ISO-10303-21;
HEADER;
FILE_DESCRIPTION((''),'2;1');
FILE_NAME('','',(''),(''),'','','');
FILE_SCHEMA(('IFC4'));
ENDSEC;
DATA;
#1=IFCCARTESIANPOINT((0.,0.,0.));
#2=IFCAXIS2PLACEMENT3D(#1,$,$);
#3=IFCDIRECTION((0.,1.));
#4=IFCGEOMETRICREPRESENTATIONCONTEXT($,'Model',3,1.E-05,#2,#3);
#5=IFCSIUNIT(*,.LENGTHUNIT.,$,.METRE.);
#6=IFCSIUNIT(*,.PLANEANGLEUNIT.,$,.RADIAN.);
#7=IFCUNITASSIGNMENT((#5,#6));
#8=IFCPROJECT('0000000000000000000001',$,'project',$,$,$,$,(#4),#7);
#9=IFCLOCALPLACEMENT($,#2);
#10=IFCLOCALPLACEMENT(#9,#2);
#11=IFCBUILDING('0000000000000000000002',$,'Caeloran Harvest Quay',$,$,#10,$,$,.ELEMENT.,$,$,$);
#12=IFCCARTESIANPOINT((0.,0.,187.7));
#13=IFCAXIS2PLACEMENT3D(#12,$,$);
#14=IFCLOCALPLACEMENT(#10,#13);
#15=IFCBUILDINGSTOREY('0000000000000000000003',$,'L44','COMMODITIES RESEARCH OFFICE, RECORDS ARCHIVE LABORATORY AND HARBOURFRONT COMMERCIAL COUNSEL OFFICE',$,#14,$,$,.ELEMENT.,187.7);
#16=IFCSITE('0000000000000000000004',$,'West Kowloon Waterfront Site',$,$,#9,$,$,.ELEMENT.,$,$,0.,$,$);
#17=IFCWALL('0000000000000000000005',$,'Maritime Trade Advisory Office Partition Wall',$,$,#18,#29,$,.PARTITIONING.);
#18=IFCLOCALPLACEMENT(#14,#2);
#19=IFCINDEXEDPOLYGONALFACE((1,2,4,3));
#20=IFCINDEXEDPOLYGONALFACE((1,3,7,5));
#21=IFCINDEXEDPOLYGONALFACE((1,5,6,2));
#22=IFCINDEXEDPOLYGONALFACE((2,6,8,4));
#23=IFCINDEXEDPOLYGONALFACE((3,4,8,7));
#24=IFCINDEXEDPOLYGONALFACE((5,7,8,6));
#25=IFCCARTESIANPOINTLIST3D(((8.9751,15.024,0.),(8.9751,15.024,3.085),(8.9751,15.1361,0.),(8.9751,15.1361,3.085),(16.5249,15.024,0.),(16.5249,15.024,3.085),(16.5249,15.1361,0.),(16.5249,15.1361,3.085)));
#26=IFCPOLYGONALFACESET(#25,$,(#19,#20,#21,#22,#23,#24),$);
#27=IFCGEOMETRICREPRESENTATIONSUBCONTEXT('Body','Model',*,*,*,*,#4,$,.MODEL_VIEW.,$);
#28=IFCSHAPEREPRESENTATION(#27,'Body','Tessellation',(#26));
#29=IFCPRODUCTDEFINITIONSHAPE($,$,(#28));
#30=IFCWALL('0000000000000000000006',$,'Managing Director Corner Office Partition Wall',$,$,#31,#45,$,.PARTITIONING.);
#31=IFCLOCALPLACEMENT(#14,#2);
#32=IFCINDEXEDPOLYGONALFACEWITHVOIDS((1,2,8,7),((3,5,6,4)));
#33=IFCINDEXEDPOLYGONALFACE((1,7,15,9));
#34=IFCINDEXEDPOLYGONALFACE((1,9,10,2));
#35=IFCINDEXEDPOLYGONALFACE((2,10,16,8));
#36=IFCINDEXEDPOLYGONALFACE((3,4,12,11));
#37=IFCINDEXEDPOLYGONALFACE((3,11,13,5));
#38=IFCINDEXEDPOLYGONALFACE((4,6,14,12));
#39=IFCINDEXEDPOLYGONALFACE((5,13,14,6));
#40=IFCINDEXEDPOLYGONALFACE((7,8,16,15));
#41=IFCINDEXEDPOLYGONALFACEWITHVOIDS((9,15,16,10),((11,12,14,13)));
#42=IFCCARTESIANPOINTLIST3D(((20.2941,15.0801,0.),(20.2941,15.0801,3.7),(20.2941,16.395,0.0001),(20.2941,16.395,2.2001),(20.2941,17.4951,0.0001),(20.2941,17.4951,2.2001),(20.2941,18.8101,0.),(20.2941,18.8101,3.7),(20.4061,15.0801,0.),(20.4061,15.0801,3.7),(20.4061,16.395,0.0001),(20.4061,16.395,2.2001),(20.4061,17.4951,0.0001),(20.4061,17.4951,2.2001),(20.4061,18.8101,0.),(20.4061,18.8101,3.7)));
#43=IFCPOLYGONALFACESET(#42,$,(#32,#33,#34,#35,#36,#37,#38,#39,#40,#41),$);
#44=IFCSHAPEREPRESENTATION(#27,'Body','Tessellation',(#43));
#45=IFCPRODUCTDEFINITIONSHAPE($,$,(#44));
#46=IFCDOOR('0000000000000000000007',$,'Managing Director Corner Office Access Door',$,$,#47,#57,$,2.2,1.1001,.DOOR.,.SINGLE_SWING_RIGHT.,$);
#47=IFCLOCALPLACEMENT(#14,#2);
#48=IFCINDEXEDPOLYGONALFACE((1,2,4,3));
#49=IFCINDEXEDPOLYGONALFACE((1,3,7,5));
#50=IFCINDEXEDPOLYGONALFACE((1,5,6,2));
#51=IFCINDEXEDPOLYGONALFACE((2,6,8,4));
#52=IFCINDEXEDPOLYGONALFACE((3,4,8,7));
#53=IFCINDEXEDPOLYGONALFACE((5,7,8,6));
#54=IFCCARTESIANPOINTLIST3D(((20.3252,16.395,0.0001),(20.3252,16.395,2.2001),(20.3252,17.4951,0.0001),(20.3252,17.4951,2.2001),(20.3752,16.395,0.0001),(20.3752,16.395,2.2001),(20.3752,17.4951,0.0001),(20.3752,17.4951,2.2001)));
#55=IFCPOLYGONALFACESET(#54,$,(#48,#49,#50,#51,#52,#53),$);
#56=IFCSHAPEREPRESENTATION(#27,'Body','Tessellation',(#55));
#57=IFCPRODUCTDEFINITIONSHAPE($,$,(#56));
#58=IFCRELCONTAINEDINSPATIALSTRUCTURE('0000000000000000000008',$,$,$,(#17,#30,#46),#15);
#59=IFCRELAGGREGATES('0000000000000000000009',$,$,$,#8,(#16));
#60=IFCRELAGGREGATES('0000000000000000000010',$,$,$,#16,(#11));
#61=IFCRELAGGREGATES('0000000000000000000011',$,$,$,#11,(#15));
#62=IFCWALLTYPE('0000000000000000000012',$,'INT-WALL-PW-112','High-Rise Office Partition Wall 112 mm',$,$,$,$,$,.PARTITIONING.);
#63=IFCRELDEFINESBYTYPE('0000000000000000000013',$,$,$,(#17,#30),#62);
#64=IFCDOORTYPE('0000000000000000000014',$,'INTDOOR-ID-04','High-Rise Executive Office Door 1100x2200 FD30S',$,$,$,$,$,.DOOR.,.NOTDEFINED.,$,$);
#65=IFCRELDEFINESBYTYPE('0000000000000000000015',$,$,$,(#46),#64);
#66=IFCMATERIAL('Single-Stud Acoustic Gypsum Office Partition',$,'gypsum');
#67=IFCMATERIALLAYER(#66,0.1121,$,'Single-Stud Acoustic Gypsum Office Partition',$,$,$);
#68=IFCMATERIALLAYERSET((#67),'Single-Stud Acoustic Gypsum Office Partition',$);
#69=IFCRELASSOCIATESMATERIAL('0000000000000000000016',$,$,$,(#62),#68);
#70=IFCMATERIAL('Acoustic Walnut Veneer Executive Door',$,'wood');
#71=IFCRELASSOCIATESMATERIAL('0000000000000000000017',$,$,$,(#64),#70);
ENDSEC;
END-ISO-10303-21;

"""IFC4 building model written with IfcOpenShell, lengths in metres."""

from ifc_helpers import new_model, si_unit, direction, frame, frame_2d, origin, place, context, subcontext, project, spatial, rectangle, extrude, material, layer, layer_set, type_object, element, fill, save


model = new_model("IFC4")

# Units and contexts
model_context = context("Model", 3, precision=1e-05, world=origin(), true_north=direction((0.0, 1.0)))
body_context = subcontext(model_context, "Body", "Model", "MODEL_VIEW")
ifc_project = project(units=[si_unit("LENGTHUNIT", "METRE"), si_unit("PLANEANGLEUNIT", "RADIAN")], contexts=[model_context])

# Site, building, storey
site_placement = place(None, origin())
site = spatial("IfcSite", under=ifc_project, at=site_placement, Name="West Kowloon Waterfront Site", CompositionType="ELEMENT", RefElevation=0.0)
building_placement = place(site_placement, origin())
building = spatial("IfcBuilding", under=site, at=building_placement, Name="Caeloran Harvest Quay", CompositionType="ELEMENT")
storey_placement = place(building_placement, frame((0.0, 0.0, 187.7)))
storey = spatial("IfcBuildingStorey", under=building, at=storey_placement, Name="L44", Description="COMMODITIES RESEARCH OFFICE, RECORDS ARCHIVE LABORATORY AND HARBOURFRONT COMMERCIAL COUNSEL OFFICE", CompositionType="ELEMENT", Elevation=187.7)

# Shared definitions
ifc_material_1 = material(Name="Single-Stud Acoustic Gypsum Office Partition", Category="gypsum")
ifc_layer_1 = layer(ifc_material_1, 0.1121, Name="Single-Stud Acoustic Gypsum Office Partition")
ifc_layer_set_1 = layer_set([ifc_layer_1], Name="Single-Stud Acoustic Gypsum Office Partition")
wall_type_1 = type_object("IfcWallType", Name="INT-WALL-PW-112", Description="High-Rise Office Partition Wall 112 mm", PredefinedType="PARTITIONING", material=ifc_layer_set_1)

# Shared definitions
ifc_material_2 = material(Name="Acoustic Walnut Veneer Executive Door", Category="wood")
door_type = type_object("IfcDoorType", Name="INTDOOR-ID-04", Description="High-Rise Executive Office Door 1100x2200 FD30S", OperationType="NOTDEFINED", PredefinedType="DOOR", material=ifc_material_2)

# Wall
wall_1_placement = place(storey_placement, frame((16.5249, 15.0801, 0.0), z_axis=(0.0, 0.0, 1.0), x_axis=(-1.0, 0.0, 0.0)))
element("IfcWall", 1, at=wall_1_placement, inside=storey, type_object=wall_type_1, Name="Maritime Trade Advisory Office Partition Wall", PredefinedType="PARTITIONING", context=body_context, shape_type="SweptSolid", body=[
    extrude(rectangle(XDim=7.5498, YDim=0.1121, at=frame_2d((3.7749, 0.0))), origin(), (0.0, 0.0, 1.0), 3.085),
])

# Wall, opening, door
wall_2_placement = place(storey_placement, frame((20.3501, 15.0801, 0.0), z_axis=(0.0, 0.0, 1.0), x_axis=(0.0, 1.0, 0.0)))
wall_2 = element("IfcWall", 2, at=wall_2_placement, inside=storey, type_object=wall_type_1, Name="Managing Director Corner Office Partition Wall", PredefinedType="PARTITIONING", context=body_context, shape_type="SweptSolid", body=[
    extrude(rectangle(XDim=3.73, YDim=0.1121, at=frame_2d((1.865, 0.0))), origin(), (0.0, 0.0, 1.0), 3.7),
])
opening_1_placement = place(wall_2_placement, frame((1.3149, 0.0, 0.0)))
opening_1 = element("IfcOpeningElement", 3, at=opening_1_placement, cuts=wall_2, PredefinedType="OPENING", context=body_context, shape_type="SweptSolid", body=[
    extrude(rectangle(XDim=1.1001, YDim=2.2, at=frame_2d((0.55, 1.1001))), frame((0.0, 0.0659, 0.0), z_axis=(0.0, -1.0, 0.0), x_axis=(1.0, 0.0, 0.0)), (0.0, 0.0, 1.0), 0.1321),
])
door_1_placement = place(opening_1_placement, origin())
door_1 = element("IfcDoor", 4, at=door_1_placement, inside=storey, type_object=door_type, Name="Managing Director Corner Office Access Door", OperationType="SINGLE_SWING_RIGHT", OverallHeight=2.2, OverallWidth=1.1001, PredefinedType="DOOR", context=body_context, shape_type="SweptSolid", body=[
    extrude(rectangle(XDim=1.1001, YDim=2.2, at=frame_2d((0.55, 1.1001))), frame((0.0, 0.0249, 0.0), z_axis=(0.0, -1.0, 0.0), x_axis=(1.0, 0.0, 0.0)), (0.0, 0.0, 1.0), 0.05),
])
fill(opening_1, door_1)

save(model, "model.ifc")
